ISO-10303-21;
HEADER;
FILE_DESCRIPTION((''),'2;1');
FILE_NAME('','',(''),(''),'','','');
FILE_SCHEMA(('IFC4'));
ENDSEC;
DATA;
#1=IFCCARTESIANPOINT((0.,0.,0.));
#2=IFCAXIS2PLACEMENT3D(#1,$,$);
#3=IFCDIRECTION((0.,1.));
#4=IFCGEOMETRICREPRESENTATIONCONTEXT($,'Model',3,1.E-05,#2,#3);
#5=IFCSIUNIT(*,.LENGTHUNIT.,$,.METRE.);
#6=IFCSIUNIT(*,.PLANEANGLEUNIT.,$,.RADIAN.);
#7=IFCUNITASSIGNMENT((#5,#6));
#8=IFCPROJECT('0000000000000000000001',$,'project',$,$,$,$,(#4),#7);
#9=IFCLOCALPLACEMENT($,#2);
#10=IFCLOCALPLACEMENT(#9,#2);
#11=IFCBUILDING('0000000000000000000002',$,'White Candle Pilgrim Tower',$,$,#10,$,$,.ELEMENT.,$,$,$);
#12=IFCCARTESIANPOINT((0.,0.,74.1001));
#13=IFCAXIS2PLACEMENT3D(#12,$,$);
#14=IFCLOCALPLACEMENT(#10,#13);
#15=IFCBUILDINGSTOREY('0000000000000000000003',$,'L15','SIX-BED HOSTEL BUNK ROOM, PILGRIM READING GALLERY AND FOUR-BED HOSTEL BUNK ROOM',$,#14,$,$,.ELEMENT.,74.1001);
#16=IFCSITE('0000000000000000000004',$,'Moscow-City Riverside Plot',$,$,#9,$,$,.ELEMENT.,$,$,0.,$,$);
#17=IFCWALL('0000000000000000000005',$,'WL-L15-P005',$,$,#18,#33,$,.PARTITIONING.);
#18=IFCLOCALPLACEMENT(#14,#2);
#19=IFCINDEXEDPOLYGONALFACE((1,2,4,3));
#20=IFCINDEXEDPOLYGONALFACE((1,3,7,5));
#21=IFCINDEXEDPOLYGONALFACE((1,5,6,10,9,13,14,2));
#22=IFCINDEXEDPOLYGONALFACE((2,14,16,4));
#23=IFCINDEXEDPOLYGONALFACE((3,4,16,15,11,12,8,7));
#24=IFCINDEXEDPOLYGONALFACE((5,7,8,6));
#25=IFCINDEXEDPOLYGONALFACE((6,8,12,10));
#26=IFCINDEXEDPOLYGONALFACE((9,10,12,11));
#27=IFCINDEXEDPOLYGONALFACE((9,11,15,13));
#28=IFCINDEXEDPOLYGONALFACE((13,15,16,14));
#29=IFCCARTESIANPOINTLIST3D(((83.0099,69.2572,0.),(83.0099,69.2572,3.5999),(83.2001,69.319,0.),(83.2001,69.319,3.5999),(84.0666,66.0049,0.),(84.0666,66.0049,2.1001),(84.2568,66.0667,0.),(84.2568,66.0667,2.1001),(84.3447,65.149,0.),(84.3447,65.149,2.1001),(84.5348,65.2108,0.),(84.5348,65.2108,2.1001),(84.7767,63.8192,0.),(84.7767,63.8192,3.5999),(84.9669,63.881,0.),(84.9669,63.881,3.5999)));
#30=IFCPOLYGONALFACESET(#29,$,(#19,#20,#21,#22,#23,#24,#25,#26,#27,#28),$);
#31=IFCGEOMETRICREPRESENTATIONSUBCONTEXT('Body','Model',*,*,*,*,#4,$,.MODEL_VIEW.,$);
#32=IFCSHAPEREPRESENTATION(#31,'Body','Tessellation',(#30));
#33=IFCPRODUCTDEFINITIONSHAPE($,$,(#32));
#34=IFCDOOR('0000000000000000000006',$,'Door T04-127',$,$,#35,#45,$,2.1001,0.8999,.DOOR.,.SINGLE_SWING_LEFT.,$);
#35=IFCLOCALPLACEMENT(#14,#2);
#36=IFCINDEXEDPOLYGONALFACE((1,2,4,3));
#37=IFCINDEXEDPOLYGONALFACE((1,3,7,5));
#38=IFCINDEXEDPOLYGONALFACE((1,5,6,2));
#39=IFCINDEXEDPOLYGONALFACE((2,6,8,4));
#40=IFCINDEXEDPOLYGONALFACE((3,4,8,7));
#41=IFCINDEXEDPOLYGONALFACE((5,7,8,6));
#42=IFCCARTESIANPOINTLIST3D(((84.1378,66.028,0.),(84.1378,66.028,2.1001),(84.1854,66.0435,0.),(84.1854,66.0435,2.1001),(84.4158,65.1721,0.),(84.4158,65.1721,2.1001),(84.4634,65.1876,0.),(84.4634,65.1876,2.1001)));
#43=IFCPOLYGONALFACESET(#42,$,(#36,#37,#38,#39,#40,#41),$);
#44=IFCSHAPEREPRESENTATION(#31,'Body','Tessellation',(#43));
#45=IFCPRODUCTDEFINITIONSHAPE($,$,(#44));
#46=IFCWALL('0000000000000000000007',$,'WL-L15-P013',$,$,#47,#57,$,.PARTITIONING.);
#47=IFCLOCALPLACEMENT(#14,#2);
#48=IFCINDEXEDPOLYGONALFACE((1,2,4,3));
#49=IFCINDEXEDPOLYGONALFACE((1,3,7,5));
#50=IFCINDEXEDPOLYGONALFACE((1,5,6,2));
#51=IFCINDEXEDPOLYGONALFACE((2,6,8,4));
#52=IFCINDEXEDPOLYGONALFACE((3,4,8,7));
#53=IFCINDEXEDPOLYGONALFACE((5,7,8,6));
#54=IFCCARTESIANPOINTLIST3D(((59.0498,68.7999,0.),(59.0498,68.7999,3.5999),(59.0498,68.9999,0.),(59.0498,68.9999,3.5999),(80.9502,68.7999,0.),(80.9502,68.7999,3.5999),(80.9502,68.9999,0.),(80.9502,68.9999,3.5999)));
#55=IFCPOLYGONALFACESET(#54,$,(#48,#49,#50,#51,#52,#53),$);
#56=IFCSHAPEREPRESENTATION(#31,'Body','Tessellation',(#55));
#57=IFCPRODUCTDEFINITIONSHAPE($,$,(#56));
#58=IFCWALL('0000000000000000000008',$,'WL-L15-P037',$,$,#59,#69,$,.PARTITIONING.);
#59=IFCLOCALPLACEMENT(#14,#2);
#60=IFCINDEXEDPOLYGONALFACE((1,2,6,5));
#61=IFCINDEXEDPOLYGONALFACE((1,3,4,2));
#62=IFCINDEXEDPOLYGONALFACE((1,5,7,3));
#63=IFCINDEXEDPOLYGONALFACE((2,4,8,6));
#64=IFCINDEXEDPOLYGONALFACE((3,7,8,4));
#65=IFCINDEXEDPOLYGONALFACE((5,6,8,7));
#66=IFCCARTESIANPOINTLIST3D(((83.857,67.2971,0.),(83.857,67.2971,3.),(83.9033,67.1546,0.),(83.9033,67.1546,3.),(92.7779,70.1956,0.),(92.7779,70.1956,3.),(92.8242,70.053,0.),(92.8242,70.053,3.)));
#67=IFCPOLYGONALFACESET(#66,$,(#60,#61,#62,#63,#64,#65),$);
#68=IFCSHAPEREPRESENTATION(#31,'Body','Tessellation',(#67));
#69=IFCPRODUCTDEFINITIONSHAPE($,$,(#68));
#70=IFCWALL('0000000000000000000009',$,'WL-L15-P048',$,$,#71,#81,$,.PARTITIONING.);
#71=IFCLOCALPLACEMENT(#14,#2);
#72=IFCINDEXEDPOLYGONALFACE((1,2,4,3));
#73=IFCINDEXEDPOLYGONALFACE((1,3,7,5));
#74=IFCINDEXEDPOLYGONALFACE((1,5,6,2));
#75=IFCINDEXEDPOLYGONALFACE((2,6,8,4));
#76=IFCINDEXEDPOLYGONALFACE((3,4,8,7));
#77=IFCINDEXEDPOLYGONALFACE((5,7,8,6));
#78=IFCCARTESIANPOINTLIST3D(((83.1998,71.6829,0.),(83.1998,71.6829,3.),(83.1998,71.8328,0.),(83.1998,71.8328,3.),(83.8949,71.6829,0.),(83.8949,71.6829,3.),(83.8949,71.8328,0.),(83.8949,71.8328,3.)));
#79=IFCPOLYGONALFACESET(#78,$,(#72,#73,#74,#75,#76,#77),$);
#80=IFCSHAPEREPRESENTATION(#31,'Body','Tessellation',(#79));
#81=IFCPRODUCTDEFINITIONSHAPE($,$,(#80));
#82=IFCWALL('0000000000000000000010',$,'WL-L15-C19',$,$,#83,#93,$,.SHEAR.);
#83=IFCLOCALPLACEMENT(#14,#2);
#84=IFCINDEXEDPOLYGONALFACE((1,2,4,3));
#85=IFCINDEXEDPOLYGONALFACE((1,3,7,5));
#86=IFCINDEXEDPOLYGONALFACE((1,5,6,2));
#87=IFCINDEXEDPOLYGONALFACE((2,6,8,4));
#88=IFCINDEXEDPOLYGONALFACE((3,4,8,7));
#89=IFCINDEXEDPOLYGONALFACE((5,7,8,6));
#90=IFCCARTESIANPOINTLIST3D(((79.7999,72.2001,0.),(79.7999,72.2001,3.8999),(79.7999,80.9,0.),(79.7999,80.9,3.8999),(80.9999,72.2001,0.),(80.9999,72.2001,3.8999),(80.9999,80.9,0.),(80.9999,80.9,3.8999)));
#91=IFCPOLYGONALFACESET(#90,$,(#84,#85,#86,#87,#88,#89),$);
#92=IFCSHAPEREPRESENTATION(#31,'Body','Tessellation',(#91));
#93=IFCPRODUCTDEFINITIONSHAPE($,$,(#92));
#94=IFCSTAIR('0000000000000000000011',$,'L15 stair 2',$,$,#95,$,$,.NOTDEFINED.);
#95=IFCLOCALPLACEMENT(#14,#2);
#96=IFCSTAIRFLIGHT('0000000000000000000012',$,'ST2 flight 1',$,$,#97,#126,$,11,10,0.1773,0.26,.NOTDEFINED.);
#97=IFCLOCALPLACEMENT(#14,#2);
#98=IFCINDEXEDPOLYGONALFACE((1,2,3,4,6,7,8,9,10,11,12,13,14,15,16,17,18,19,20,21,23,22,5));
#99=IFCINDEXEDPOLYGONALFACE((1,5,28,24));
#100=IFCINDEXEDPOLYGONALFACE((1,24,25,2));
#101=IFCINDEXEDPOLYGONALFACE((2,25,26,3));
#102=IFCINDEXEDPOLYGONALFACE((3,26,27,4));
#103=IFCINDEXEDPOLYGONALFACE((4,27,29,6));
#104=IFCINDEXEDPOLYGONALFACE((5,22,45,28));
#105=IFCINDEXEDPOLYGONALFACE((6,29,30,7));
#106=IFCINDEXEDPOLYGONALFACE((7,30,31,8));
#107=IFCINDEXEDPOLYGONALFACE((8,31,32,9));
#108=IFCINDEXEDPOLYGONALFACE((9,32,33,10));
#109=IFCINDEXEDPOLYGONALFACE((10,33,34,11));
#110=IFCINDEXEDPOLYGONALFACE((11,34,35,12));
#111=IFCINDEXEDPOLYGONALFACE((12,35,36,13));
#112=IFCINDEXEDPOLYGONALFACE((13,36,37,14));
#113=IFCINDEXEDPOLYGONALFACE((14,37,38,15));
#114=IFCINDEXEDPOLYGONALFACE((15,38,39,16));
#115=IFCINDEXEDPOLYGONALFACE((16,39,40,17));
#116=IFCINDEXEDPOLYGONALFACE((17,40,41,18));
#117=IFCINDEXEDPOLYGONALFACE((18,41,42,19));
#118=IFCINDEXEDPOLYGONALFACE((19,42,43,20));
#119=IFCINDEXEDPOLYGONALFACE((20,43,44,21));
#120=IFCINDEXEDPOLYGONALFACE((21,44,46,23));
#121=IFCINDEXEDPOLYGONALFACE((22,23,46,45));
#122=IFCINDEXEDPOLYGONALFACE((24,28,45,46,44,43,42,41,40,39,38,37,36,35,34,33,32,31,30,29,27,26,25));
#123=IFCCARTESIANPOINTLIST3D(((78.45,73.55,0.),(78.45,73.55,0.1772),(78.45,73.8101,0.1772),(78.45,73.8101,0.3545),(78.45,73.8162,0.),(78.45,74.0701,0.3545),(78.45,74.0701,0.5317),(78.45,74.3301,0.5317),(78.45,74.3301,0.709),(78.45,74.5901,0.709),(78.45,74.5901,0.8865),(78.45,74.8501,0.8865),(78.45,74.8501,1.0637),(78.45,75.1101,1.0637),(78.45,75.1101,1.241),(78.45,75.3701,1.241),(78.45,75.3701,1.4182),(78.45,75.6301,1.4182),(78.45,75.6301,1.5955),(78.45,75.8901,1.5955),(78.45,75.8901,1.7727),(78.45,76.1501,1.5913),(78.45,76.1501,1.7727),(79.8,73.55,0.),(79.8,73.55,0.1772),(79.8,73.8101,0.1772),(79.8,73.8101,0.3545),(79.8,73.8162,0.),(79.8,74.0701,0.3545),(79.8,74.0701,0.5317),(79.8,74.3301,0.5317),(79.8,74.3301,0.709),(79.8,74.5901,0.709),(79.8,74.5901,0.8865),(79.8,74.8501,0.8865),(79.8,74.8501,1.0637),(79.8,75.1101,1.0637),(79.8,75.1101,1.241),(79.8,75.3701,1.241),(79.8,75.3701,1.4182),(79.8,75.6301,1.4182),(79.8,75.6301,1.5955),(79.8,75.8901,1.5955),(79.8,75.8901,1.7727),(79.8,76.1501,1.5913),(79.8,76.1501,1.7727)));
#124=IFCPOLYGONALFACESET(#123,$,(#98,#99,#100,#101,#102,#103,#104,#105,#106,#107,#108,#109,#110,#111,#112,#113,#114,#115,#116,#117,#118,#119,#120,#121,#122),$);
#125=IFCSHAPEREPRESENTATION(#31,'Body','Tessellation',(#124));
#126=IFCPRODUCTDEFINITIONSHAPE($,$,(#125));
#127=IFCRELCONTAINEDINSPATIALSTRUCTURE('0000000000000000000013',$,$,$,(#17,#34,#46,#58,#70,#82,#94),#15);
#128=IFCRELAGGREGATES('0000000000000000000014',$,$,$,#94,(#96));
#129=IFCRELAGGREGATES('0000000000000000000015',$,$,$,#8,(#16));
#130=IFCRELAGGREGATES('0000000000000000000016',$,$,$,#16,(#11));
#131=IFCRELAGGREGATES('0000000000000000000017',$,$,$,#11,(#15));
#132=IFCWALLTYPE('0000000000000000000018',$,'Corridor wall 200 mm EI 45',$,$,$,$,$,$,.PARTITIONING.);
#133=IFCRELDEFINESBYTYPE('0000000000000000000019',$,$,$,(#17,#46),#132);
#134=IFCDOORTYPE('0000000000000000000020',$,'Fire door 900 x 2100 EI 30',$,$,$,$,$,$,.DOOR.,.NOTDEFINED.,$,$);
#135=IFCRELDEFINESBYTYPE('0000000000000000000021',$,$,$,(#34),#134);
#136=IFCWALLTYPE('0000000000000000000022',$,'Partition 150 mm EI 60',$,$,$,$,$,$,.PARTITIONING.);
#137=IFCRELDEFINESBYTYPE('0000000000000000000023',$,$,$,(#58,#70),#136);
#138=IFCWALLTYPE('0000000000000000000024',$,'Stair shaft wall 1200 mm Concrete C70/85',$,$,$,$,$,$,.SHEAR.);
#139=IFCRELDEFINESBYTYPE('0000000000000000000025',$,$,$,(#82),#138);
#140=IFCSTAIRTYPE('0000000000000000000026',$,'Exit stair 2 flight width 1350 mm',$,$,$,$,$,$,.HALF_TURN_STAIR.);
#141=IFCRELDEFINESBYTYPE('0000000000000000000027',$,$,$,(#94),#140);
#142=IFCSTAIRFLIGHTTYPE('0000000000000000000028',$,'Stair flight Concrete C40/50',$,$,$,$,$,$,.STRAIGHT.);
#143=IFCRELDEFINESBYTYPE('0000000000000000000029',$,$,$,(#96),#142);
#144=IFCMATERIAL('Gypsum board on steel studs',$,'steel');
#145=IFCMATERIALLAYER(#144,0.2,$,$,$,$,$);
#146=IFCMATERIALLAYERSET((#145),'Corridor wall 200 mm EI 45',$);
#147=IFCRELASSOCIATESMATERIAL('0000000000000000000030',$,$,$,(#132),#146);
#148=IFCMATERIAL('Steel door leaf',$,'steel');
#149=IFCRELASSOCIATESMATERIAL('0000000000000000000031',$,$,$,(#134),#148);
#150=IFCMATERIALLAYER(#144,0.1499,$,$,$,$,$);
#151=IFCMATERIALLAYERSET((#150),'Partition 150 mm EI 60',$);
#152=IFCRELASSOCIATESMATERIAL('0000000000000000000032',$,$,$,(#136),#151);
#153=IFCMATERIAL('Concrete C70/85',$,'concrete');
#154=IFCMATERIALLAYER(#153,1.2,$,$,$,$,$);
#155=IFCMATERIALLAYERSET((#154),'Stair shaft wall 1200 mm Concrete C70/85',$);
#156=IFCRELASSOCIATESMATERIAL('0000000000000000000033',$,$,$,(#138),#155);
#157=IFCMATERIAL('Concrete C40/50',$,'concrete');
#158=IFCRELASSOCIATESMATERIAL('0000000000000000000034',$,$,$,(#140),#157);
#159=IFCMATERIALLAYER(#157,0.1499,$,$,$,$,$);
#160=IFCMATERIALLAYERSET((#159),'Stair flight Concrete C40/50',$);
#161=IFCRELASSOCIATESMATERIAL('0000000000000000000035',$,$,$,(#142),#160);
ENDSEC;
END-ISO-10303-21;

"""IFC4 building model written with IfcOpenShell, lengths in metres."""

from ifc_helpers import new_model, si_unit, direction, frame, frame_2d, origin, place, context, subcontext, project, spatial, polyline, rectangle, outline, extrude, material, layer, layer_set, type_object, element, fill, aggregate, save


model = new_model("IFC4")

# Units and contexts
model_context = context("Model", 3, precision=1e-05, world=origin(), true_north=direction((0.0, 1.0)))
body_context = subcontext(model_context, "Body", "Model", "MODEL_VIEW")
ifc_project = project(units=[si_unit("LENGTHUNIT", "METRE"), si_unit("PLANEANGLEUNIT", "RADIAN")], contexts=[model_context])

# Site, building, storey
site_placement = place(None, origin())
site = spatial("IfcSite", under=ifc_project, at=site_placement, Name="Moscow-City Riverside Plot", CompositionType="ELEMENT", RefElevation=0.0)
building_placement = place(site_placement, origin())
building = spatial("IfcBuilding", under=site, at=building_placement, Name="White Candle Pilgrim Tower", CompositionType="ELEMENT")
storey_placement = place(building_placement, frame((0.0, 0.0, 74.1001)))
storey = spatial("IfcBuildingStorey", under=building, at=storey_placement, Name="L15", Description="SIX-BED HOSTEL BUNK ROOM, PILGRIM READING GALLERY AND FOUR-BED HOSTEL BUNK ROOM", CompositionType="ELEMENT", Elevation=74.1001)

# Wall, opening, door
ifc_material_1 = material(Name="Gypsum board on steel studs", Category="steel")
ifc_layer_1 = layer(ifc_material_1, 0.2)
ifc_layer_set_1 = layer_set([ifc_layer_1], Name="Corridor wall 200 mm EI 45")
wall_type_1 = type_object("IfcWallType", Name="Corridor wall 200 mm EI 45", PredefinedType="PARTITIONING", material=ifc_layer_set_1)
wall_1_placement = place(storey_placement, frame((83.105, 69.2881, 0.0), z_axis=(0.0, 0.0, 1.0), x_axis=(0.309007, -0.95106, 0.0)))
wall_1 = element("IfcWall", 1, at=wall_1_placement, inside=storey, type_object=wall_type_1, Name="WL-L15-P005", PredefinedType="PARTITIONING", context=body_context, shape_type="SweptSolid", body=[
    extrude(rectangle(XDim=5.7178, YDim=0.2, at=frame_2d((2.8589, 0.0))), origin(), (0.0, 0.0, 1.0), 3.5999),
])
opening_placement = place(wall_1_placement, frame((3.4197, 0.0, 0.0)))
opening = element("IfcOpeningElement", 2, at=opening_placement, cuts=wall_1, PredefinedType="OPENING", context=body_context, shape_type="SweptSolid", body=[
    extrude(rectangle(XDim=0.8999, YDim=2.1001, at=frame_2d((0.45, 1.05))), frame((0.0, 0.1099, 0.0), z_axis=(0.0, -1.0, 0.0), x_axis=(1.0, 0.0, 0.0)), (0.0, 0.0, 1.0), 0.22),
])
ifc_material_2 = material(Name="Steel door leaf", Category="steel")
door_type = type_object("IfcDoorType", Name="Fire door 900 x 2100 EI 30", OperationType="NOTDEFINED", PredefinedType="DOOR", material=ifc_material_2)
door_placement = place(opening_placement, origin())
door = element("IfcDoor", 3, at=door_placement, inside=storey, type_object=door_type, Name="Door T04-127", OperationType="SINGLE_SWING_LEFT", OverallHeight=2.1001, OverallWidth=0.8999, PredefinedType="DOOR", context=body_context, shape_type="SweptSolid", body=[
    extrude(rectangle(XDim=0.8999, YDim=2.1001, at=frame_2d((0.45, 1.05))), frame((0.0, 0.0249, 0.0), z_axis=(0.0, -1.0, 0.0), x_axis=(1.0, 0.0, 0.0)), (0.0, 0.0, 1.0), 0.05),
])
fill(opening, door)

# Walls
wall_2_placement = place(storey_placement, frame((80.9502, 68.8999, 0.0), z_axis=(0.0, 0.0, 1.0), x_axis=(-1.0, 0.0, 0.0)))
element("IfcWall", 4, at=wall_2_placement, inside=storey, type_object=wall_type_1, Name="WL-L15-P013", PredefinedType="PARTITIONING", context=body_context, shape_type="SweptSolid", body=[
    extrude(rectangle(XDim=21.9004, YDim=0.2, at=frame_2d((10.9502, 0.0))), origin(), (0.0, 0.0, 1.0), 3.5999),
])
ifc_layer_2 = layer(ifc_material_1, 0.1499)
ifc_layer_set_2 = layer_set([ifc_layer_2], Name="Partition 150 mm EI 60")
wall_type_2 = type_object("IfcWallType", Name="Partition 150 mm EI 60", PredefinedType="PARTITIONING", material=ifc_layer_set_2)
wall_3_placement = place(storey_placement, frame((92.801, 70.1243, 0.0), z_axis=(0.0, 0.0, 1.0), x_axis=(-0.951061, -0.309004, 0.0)))
element("IfcWall", 5, at=wall_3_placement, inside=storey, type_object=wall_type_2, Name="WL-L15-P037", PredefinedType="PARTITIONING", context=body_context, shape_type="SweptSolid", body=[
    extrude(rectangle(XDim=9.3799, YDim=0.1499, at=frame_2d((4.6899, 0.0))), origin(), (0.0, 0.0, 1.0), 3.0),
])
wall_4_placement = place(storey_placement, frame((83.895, 71.7578, 0.0), z_axis=(0.0, 0.0, 1.0), x_axis=(-1.0, 0.0, 0.0)))
element("IfcWall", 6, at=wall_4_placement, inside=storey, type_object=wall_type_2, Name="WL-L15-P048", PredefinedType="PARTITIONING", context=body_context, shape_type="SweptSolid", body=[
    extrude(rectangle(XDim=0.6951, YDim=0.1499, at=frame_2d((0.3477, 0.0))), origin(), (0.0, 0.0, 1.0), 3.0),
])
ifc_material_3 = material(Name="Concrete C70/85", Category="concrete")
ifc_layer_3 = layer(ifc_material_3, 1.2)
ifc_layer_set_3 = layer_set([ifc_layer_3], Name="Stair shaft wall 1200 mm Concrete C70/85")
wall_type_3 = type_object("IfcWallType", Name="Stair shaft wall 1200 mm Concrete C70/85", PredefinedType="SHEAR", material=ifc_layer_set_3)
wall_5_placement = place(storey_placement, frame((80.3999, 72.2, 0.0), z_axis=(0.0, 0.0, 1.0), x_axis=(0.0, 1.0, 0.0)))
element("IfcWall", 7, at=wall_5_placement, inside=storey, type_object=wall_type_3, Name="WL-L15-C19", PredefinedType="SHEAR", context=body_context, shape_type="SweptSolid", body=[
    extrude(rectangle(XDim=8.7, YDim=1.2, at=frame_2d((4.3501, 0.0))), origin(), (0.0, 0.0, 1.0), 3.8999),
])

# Stair, stair flight
ifc_material_4 = material(Name="Concrete C40/50", Category="concrete")
stair_type = type_object("IfcStairType", Name="Exit stair 2 flight width 1350 mm", PredefinedType="HALF_TURN_STAIR", material=ifc_material_4)
stair_placement = place(storey_placement, origin())
stair = element("IfcStair", 8, at=stair_placement, inside=storey, type_object=stair_type, Name="L15 stair 2", PredefinedType="NOTDEFINED")
ifc_layer_4 = layer(ifc_material_4, 0.1499)
ifc_layer_set_4 = layer_set([ifc_layer_4], Name="Stair flight Concrete C40/50")
stair_flight_type = type_object("IfcStairFlightType", Name="Stair flight Concrete C40/50", PredefinedType="STRAIGHT", material=ifc_layer_set_4)
stair_flight_placement = place(storey_placement, frame((79.125, 73.55, 0.0), z_axis=(0.0, 0.0, 1.0), x_axis=(0.0, 1.0, 0.0)))
stair_flight = element("IfcStairFlight", 9, at=stair_flight_placement, type_object=stair_flight_type, Name="ST2 flight 1", NumberOfRisers=11, NumberOfTreads=10, PredefinedType="NOTDEFINED", RiserHeight=0.1773, TreadLength=0.26, context=body_context, shape_type="SweptSolid", body=[
    extrude(outline(polyline([(0.0, 0.0), (0.0, 0.1772), (0.26, 0.1772), (0.26, 0.3545), (0.52, 0.3545), (0.52, 0.5317), (0.78, 0.5317), (0.78, 0.709), (1.04, 0.709), (1.04, 0.8865), (1.3, 0.8865), (1.3, 1.0637), (1.5601, 1.0637), (1.5601, 1.241), (1.8201, 1.241), (1.8201, 1.4182), (2.0801, 1.4182), (2.0801, 1.5955), (2.3401, 1.5955), (2.3401, 1.7727), (2.6001, 1.7727), (2.6001, 1.95), (2.6001, 1.5913), (0.2661, 0.0), (0.0, 0.0)])), frame((0.0, 0.675, 0.0), z_axis=(0.0, -1.0, 0.0), x_axis=(1.0, 0.0, 0.0)), (0.0, 0.0, 1.0), 1.3501),
])
aggregate(stair, [stair_flight])

save(model, "model.ifc")
